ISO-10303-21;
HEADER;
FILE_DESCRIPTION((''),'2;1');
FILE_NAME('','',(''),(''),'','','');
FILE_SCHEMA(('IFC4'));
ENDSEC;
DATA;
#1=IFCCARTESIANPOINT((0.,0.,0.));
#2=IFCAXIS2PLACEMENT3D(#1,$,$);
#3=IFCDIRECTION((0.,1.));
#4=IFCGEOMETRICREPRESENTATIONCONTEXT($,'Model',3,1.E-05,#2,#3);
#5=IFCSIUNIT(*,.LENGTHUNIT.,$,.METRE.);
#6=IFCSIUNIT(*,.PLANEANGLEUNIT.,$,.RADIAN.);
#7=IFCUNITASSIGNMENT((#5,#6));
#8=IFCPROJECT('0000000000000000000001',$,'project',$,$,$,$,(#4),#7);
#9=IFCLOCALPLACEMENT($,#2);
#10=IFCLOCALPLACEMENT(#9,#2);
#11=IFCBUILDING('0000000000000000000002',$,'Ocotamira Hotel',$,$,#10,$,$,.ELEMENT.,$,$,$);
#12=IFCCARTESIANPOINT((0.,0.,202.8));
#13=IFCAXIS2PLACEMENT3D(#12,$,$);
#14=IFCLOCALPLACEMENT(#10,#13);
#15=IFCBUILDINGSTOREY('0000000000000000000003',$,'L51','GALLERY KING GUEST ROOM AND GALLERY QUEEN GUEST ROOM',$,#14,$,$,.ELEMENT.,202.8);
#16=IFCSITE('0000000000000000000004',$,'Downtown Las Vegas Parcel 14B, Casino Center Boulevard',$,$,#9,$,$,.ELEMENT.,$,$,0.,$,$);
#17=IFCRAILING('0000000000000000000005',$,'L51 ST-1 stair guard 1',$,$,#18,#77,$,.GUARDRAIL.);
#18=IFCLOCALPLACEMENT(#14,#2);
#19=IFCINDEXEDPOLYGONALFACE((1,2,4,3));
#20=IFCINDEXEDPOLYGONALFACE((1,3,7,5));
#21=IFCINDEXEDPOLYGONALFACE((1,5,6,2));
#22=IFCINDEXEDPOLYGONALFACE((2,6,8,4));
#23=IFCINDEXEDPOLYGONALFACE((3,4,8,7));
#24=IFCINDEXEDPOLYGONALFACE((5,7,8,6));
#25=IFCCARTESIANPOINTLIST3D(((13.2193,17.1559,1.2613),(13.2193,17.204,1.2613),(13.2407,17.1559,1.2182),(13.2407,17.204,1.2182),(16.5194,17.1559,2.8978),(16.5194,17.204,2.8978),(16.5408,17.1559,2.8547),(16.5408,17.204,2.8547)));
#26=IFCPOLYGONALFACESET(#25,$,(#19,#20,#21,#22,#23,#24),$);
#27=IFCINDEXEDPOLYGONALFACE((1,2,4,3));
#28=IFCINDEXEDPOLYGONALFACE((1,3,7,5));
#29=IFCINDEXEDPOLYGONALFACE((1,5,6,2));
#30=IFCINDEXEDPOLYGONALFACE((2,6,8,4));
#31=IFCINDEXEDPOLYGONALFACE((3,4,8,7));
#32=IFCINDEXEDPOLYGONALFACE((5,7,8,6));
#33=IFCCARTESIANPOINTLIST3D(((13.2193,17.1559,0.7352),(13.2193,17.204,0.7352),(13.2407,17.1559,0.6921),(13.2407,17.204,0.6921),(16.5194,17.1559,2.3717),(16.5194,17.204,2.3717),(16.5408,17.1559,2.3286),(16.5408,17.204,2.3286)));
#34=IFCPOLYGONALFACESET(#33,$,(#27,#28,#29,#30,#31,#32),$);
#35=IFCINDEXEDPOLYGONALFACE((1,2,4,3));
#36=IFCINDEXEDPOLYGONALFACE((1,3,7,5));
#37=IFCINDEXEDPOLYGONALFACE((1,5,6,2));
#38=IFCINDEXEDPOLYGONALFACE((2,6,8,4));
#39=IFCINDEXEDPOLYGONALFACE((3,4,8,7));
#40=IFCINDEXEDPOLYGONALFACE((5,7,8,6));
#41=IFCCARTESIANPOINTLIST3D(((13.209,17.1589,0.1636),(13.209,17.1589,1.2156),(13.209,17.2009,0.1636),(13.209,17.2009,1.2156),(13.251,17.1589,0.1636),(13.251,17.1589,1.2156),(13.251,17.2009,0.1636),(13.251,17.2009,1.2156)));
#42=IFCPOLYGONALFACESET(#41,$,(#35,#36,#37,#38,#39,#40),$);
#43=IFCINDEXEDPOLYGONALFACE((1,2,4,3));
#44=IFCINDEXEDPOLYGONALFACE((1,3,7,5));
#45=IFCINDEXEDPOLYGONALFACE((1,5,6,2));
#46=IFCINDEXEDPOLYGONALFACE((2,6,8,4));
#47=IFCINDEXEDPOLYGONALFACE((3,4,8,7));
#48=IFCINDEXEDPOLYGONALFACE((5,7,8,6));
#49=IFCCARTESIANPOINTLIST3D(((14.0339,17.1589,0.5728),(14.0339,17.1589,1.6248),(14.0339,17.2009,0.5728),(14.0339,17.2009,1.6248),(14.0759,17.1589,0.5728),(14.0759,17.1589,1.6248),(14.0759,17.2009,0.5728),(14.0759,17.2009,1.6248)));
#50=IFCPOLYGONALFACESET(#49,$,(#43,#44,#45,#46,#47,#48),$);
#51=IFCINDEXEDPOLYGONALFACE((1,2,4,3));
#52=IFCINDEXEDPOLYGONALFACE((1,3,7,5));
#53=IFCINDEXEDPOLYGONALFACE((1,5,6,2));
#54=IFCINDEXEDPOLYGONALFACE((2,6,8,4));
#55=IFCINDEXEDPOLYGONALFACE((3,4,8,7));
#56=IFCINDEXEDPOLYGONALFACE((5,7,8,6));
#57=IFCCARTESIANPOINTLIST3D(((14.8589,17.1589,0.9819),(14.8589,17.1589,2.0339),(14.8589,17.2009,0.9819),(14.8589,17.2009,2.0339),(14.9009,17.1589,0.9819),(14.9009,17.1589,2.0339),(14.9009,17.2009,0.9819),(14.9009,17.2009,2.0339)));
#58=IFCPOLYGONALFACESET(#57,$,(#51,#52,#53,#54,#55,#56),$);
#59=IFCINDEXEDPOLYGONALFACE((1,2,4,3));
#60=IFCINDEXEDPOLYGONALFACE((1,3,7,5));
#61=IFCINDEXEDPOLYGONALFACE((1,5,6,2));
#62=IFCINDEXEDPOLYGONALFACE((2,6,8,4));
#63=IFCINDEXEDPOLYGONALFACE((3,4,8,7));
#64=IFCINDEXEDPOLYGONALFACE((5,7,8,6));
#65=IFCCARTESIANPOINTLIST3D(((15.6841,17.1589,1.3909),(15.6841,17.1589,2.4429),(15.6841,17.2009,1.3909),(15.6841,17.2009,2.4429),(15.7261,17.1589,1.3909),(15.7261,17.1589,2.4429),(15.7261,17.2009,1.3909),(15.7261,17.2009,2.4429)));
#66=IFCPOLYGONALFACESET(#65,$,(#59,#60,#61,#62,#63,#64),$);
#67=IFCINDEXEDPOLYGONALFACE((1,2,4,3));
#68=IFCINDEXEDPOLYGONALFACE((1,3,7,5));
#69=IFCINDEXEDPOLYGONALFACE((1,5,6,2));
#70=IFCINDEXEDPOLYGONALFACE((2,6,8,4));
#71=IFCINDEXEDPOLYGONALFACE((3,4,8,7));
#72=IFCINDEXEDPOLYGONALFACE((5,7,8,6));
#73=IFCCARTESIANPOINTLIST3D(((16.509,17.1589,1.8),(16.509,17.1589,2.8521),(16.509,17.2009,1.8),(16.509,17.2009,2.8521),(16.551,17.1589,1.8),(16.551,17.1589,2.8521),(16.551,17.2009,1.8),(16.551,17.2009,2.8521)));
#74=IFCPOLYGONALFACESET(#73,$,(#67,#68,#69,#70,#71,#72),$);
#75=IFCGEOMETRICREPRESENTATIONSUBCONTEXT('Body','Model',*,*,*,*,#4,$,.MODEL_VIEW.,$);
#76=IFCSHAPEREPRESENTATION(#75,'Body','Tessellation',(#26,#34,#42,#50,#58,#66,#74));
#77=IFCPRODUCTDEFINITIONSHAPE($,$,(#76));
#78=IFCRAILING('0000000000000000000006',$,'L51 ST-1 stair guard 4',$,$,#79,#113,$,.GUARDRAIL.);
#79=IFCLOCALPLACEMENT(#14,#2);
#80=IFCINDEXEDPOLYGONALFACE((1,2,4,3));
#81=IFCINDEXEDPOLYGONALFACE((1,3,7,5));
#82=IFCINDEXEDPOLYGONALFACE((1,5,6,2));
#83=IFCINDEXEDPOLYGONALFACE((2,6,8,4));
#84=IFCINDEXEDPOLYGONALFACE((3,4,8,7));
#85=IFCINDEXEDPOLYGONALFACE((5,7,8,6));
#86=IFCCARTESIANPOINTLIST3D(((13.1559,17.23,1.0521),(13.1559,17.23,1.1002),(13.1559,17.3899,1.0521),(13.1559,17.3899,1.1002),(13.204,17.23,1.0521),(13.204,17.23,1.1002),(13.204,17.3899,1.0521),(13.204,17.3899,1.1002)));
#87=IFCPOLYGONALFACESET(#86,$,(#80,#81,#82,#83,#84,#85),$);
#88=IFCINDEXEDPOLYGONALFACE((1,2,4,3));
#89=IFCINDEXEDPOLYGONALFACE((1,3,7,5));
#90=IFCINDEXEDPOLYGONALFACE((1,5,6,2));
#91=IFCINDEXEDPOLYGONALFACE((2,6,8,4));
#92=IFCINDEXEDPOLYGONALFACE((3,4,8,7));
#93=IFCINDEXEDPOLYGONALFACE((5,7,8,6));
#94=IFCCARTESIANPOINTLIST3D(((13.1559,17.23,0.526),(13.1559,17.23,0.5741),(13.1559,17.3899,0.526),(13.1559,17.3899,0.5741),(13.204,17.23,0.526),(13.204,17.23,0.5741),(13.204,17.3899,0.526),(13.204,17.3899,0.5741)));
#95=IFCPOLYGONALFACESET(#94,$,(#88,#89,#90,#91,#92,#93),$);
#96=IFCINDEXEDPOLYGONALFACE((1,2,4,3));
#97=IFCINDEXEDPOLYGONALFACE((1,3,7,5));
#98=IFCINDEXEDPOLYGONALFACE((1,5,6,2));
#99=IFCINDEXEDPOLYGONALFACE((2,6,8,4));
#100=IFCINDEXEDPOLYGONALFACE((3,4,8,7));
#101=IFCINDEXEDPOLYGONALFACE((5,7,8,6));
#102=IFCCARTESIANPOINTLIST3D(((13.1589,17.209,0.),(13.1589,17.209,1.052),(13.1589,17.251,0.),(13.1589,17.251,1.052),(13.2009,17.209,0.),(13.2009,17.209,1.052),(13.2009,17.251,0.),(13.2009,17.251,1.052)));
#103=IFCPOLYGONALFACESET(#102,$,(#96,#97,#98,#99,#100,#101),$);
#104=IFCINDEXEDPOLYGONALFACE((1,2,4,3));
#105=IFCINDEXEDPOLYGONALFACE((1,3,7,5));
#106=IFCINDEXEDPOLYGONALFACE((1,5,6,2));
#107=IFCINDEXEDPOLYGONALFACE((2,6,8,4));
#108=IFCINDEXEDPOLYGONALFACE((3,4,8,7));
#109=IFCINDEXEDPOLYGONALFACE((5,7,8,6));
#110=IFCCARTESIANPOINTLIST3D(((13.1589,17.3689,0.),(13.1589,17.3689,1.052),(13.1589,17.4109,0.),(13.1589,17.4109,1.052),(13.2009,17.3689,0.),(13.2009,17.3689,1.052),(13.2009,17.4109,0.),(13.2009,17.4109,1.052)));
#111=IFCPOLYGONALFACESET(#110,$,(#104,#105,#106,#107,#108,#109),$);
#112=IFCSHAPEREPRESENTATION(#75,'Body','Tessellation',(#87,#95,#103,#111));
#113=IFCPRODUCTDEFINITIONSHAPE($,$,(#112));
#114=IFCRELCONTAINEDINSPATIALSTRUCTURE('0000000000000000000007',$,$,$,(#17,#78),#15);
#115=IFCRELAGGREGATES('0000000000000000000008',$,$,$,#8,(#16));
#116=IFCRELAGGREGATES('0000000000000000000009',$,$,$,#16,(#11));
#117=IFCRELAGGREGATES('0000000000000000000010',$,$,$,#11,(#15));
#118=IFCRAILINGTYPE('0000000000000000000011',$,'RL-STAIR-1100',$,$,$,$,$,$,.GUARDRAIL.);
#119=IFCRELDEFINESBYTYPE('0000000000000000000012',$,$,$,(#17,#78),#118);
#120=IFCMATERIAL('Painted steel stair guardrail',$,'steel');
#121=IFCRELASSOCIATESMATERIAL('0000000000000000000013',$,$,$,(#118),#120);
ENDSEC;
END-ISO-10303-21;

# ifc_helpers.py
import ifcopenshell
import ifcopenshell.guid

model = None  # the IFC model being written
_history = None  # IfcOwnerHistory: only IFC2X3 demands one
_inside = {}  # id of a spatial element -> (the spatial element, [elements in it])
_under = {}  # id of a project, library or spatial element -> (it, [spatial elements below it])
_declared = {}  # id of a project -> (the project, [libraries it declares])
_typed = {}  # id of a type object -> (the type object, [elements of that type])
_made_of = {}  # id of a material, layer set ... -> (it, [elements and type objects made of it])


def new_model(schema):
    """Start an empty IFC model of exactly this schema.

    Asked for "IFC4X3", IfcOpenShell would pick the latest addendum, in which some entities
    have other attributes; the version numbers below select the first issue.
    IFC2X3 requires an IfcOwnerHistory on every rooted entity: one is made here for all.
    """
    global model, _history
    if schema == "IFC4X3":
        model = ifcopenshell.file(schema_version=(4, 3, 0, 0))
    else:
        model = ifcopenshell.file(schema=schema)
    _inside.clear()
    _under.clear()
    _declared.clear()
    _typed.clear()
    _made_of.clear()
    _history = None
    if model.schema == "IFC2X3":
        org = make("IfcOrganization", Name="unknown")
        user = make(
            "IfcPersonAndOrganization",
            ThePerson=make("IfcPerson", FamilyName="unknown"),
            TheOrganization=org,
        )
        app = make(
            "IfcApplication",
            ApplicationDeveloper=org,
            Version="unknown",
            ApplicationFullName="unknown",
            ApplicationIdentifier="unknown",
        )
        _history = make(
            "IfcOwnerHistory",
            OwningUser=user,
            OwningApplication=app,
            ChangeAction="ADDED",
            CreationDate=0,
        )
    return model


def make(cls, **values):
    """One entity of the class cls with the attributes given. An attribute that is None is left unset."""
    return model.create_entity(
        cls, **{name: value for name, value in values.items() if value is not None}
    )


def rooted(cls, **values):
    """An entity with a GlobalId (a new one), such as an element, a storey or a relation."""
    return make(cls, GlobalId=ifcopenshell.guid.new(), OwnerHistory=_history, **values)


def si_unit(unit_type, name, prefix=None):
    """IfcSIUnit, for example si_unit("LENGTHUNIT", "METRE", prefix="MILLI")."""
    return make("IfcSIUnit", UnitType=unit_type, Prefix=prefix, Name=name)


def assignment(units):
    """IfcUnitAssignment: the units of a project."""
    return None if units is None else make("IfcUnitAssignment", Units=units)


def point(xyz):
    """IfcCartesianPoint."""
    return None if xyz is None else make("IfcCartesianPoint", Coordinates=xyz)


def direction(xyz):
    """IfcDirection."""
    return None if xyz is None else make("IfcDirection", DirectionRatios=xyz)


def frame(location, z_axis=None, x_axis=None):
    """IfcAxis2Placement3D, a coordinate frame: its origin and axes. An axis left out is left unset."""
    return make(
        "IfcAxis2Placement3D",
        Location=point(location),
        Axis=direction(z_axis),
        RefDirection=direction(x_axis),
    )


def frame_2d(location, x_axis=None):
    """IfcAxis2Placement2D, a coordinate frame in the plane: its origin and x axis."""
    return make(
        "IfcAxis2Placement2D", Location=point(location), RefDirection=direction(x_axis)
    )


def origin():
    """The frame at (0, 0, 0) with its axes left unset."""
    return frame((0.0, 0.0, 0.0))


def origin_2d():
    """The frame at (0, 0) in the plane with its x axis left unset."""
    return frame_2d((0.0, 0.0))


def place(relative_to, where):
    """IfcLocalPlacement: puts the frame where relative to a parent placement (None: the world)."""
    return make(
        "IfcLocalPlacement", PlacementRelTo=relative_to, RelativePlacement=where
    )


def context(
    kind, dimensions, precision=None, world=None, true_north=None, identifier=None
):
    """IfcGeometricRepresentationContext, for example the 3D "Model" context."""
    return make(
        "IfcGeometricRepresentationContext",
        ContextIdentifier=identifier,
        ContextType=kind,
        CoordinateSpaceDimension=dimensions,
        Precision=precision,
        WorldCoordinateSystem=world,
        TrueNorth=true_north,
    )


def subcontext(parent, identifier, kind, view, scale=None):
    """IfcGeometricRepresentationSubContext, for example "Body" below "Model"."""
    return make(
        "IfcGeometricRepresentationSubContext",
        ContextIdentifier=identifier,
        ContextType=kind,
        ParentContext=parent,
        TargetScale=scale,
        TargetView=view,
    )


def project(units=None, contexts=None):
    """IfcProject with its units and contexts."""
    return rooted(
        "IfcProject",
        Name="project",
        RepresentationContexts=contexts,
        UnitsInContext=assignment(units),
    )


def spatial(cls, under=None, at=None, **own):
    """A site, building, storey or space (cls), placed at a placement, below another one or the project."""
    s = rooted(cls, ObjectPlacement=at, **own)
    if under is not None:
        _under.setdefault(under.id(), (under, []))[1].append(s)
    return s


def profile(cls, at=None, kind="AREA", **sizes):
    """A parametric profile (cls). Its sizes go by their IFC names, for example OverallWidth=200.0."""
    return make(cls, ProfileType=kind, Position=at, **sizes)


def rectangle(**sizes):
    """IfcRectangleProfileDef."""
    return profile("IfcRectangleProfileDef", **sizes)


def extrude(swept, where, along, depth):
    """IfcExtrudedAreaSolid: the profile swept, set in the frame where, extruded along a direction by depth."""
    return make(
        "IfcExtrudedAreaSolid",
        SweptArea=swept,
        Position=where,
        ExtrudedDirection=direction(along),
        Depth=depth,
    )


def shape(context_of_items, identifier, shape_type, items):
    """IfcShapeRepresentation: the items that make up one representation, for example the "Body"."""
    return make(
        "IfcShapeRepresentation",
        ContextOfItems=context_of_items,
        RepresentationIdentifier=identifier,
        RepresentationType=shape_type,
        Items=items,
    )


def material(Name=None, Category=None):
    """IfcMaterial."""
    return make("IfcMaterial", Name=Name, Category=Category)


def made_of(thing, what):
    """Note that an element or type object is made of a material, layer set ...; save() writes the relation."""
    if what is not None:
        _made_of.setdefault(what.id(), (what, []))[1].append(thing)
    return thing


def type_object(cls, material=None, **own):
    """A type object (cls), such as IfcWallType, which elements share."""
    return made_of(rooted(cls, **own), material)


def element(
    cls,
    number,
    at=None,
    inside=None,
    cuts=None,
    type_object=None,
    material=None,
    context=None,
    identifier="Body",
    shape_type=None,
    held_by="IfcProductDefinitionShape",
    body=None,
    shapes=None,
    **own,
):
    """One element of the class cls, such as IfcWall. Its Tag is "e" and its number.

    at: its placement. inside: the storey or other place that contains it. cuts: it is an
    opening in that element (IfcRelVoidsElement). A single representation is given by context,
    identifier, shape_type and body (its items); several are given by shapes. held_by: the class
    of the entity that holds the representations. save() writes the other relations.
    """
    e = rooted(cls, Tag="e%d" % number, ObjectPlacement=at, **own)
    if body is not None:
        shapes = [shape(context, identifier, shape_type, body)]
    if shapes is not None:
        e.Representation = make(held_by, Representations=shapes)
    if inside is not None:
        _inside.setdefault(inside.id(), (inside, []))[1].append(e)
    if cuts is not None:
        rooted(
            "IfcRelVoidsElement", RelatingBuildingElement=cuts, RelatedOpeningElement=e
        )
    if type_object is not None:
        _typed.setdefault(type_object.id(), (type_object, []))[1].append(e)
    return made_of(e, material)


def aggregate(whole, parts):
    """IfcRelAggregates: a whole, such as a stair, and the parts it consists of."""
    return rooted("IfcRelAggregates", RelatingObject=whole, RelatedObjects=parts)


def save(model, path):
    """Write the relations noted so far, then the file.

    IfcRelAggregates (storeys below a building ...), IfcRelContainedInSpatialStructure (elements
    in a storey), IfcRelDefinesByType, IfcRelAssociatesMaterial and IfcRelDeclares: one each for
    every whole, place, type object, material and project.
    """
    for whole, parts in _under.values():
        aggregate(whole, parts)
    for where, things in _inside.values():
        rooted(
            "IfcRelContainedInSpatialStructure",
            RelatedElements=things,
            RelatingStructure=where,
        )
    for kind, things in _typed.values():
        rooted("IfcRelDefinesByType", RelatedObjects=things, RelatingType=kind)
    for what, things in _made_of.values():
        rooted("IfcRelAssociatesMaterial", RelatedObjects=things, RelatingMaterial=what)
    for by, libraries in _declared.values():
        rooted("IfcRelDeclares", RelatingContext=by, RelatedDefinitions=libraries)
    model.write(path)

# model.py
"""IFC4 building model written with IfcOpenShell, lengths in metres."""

from ifc_helpers import new_model, si_unit, direction, frame, origin, origin_2d, place, context, subcontext, project, spatial, rectangle, extrude, material, type_object, element, save


model = new_model("IFC4")

# Units and contexts
model_context = context("Model", 3, precision=1e-05, world=origin(), true_north=direction((0.0, 1.0)))
body_context = subcontext(model_context, "Body", "Model", "MODEL_VIEW")
ifc_project = project(units=[si_unit("LENGTHUNIT", "METRE"), si_unit("PLANEANGLEUNIT", "RADIAN")], contexts=[model_context])

# Site, building, storey
site_placement = place(None, origin())
site = spatial("IfcSite", under=ifc_project, at=site_placement, Name="Downtown Las Vegas Parcel 14B, Casino Center Boulevard", CompositionType="ELEMENT", RefElevation=0.0)
building_placement = place(site_placement, origin())
building = spatial("IfcBuilding", under=site, at=building_placement, Name="Ocotamira Hotel", CompositionType="ELEMENT")
storey_placement = place(building_placement, frame((0.0, 0.0, 202.8)))
storey = spatial("IfcBuildingStorey", under=building, at=storey_placement, Name="L51", Description="GALLERY KING GUEST ROOM AND GALLERY QUEEN GUEST ROOM", CompositionType="ELEMENT", Elevation=202.8)

# Railings
ifc_material_1 = material(Name="Painted steel stair guardrail", Category="steel")
railing_type_1 = type_object("IfcRailingType", Name="RL-STAIR-1100", PredefinedType="GUARDRAIL", material=ifc_material_1)
railing_1_placement = place(storey_placement, frame((13.23, 17.1799, 0.1636)))
element("IfcRailing", 1, at=railing_1_placement, inside=storey, type_object=railing_type_1, Name="L51 ST-1 stair guard 1", PredefinedType="GUARDRAIL", context=body_context, shape_type="SweptSolid", body=[
    extrude(rectangle(XDim=0.0481, YDim=0.0481, at=origin_2d()), frame((0.0, 0.0, 1.0762), z_axis=(0.895894, 0.0, 0.444268), x_axis=(0.0, 1.0, 0.0)), (0.0, 0.0, 1.0), 3.6836),
    extrude(rectangle(XDim=0.0481, YDim=0.0481, at=origin_2d()), frame((0.0, 0.0, 0.55), z_axis=(0.895894, 0.0, 0.444268), x_axis=(0.0, 1.0, 0.0)), (0.0, 0.0, 1.0), 3.6836),
    extrude(rectangle(XDim=0.042, YDim=0.042, at=origin_2d()), origin(), (0.0, 0.0, 1.0), 1.052),
    extrude(rectangle(XDim=0.042, YDim=0.042, at=origin_2d()), frame((0.825, 0.0, 0.4092)), (0.0, 0.0, 1.0), 1.052),
    extrude(rectangle(XDim=0.042, YDim=0.042, at=origin_2d()), frame((1.6499, 0.0, 0.8184)), (0.0, 0.0, 1.0), 1.052),
    extrude(rectangle(XDim=0.042, YDim=0.042, at=origin_2d()), frame((2.4751, 0.0, 1.2273)), (0.0, 0.0, 1.0), 1.052),
    extrude(rectangle(XDim=0.042, YDim=0.042, at=origin_2d()), frame((3.3, 0.0, 1.6365)), (0.0, 0.0, 1.0), 1.052),
])
railing_2_placement = place(storey_placement, frame((13.1799, 17.23, 0.0)))
element("IfcRailing", 2, at=railing_2_placement, inside=storey, type_object=railing_type_1, Name="L51 ST-1 stair guard 4", PredefinedType="GUARDRAIL", context=body_context, shape_type="SweptSolid", body=[
    extrude(rectangle(XDim=0.0481, YDim=0.0481, at=origin_2d()), frame((0.0, 0.0, 1.0762), z_axis=(0.0, 1.0, 0.0), x_axis=(-1.0, 0.0, 0.0)), (0.0, 0.0, 1.0), 0.1599),
    extrude(rectangle(XDim=0.0481, YDim=0.0481, at=origin_2d()), frame((0.0, 0.0, 0.55), z_axis=(0.0, 1.0, 0.0), x_axis=(-1.0, 0.0, 0.0)), (0.0, 0.0, 1.0), 0.1599),
    extrude(rectangle(XDim=0.042, YDim=0.042, at=origin_2d()), origin(), (0.0, 0.0, 1.0), 1.052),
    extrude(rectangle(XDim=0.042, YDim=0.042, at=origin_2d()), frame((0.0, 0.1599, 0.0)), (0.0, 0.0, 1.0), 1.052),
])

save(model, "model.ifc")
